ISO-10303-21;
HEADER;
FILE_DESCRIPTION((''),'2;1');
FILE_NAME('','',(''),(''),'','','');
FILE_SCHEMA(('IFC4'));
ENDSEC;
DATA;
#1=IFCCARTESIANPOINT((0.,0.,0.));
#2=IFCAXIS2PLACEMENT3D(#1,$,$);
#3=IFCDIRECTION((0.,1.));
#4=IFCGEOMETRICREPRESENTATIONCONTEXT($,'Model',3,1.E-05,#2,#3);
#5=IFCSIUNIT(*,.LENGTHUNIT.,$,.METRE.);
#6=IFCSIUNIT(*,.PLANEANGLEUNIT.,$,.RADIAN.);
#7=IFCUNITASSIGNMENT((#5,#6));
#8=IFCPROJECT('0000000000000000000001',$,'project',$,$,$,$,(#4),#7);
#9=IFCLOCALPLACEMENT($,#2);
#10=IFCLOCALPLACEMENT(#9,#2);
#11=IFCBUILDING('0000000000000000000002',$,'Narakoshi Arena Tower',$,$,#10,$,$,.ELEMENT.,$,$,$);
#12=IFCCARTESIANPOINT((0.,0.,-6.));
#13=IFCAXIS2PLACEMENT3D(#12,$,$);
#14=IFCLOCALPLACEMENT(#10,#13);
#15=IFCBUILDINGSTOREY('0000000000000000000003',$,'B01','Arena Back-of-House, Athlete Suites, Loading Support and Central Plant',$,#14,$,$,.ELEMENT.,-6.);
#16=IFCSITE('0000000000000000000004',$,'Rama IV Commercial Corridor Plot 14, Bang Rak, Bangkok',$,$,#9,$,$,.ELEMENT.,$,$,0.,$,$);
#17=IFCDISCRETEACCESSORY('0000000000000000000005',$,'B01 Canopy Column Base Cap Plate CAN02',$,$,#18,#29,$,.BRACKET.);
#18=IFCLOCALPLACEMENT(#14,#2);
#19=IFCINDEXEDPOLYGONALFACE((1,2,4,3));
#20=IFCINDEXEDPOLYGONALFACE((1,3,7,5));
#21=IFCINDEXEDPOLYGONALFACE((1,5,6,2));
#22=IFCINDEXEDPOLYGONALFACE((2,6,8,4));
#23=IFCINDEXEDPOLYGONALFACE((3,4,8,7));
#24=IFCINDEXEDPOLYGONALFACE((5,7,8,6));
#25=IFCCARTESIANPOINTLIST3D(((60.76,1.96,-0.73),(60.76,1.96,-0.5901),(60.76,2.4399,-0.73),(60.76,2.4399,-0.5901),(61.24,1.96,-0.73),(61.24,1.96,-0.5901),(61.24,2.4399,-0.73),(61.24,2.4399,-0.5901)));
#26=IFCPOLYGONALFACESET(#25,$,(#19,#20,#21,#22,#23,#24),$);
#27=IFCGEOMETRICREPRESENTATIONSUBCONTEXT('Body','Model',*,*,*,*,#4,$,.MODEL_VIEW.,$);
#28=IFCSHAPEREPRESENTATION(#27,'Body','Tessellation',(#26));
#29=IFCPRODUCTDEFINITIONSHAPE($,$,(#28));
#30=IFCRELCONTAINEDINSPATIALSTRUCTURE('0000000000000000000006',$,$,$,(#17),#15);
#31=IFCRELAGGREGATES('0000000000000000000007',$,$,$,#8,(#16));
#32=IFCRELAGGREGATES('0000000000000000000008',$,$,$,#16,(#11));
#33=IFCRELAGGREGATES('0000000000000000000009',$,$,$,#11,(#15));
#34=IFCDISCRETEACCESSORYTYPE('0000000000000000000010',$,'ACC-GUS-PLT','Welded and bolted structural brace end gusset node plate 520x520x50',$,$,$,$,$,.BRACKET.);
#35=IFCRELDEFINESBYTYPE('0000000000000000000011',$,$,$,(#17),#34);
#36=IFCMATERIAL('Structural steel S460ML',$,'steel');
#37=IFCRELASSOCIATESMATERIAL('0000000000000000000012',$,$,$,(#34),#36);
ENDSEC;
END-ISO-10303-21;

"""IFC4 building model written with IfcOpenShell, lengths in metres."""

from ifc_helpers import new_model, si_unit, direction, frame, origin, origin_2d, place, context, subcontext, project, spatial, rectangle, extrude, material, type_object, element, save


model = new_model("IFC4")

# Units and contexts
model_context = context("Model", 3, precision=1e-05, world=origin(), true_north=direction((0.0, 1.0)))
body_context = subcontext(model_context, "Body", "Model", "MODEL_VIEW")
ifc_project = project(units=[si_unit("LENGTHUNIT", "METRE"), si_unit("PLANEANGLEUNIT", "RADIAN")], contexts=[model_context])

# Site, building, storey
site_placement = place(None, origin())
site = spatial("IfcSite", under=ifc_project, at=site_placement, Name="Rama IV Commercial Corridor Plot 14, Bang Rak, Bangkok", CompositionType="ELEMENT", RefElevation=0.0)
building_placement = place(site_placement, origin())
building = spatial("IfcBuilding", under=site, at=building_placement, Name="Narakoshi Arena Tower", CompositionType="ELEMENT")
storey_placement = place(building_placement, frame((0.0, 0.0, -6.0)))
storey = spatial("IfcBuildingStorey", under=building, at=storey_placement, Name="B01", Description="Arena Back-of-House, Athlete Suites, Loading Support and Central Plant", CompositionType="ELEMENT", Elevation=-6.0)

# Discrete accessory
ifc_material_1 = material(Name="Structural steel S460ML", Category="steel")
discrete_accessory_type = type_object("IfcDiscreteAccessoryType", Name="ACC-GUS-PLT", Description="Welded and bolted structural brace end gusset node plate 520x520x50", PredefinedType="BRACKET", material=ifc_material_1)
for number, where, z_axis, x_axis, name in (
    (1, (61.0, 2.2, -0.73), (0.0, 0.0, 1.0), (1.0, 0.0, 0.0), "B01 Canopy Column Base Cap Plate CAN02"),
):
    element("IfcDiscreteAccessory", number, at=place(storey_placement, frame(where, z_axis=z_axis, x_axis=x_axis)), inside=storey, type_object=discrete_accessory_type, Name=name, PredefinedType="BRACKET", context=body_context, shape_type="SweptSolid", body=[
        extrude(rectangle(XDim=0.48, YDim=0.48, at=origin_2d()), origin(), (0.0, 0.0, 1.0), 0.1399),
    ])

save(model, "model.ifc")
